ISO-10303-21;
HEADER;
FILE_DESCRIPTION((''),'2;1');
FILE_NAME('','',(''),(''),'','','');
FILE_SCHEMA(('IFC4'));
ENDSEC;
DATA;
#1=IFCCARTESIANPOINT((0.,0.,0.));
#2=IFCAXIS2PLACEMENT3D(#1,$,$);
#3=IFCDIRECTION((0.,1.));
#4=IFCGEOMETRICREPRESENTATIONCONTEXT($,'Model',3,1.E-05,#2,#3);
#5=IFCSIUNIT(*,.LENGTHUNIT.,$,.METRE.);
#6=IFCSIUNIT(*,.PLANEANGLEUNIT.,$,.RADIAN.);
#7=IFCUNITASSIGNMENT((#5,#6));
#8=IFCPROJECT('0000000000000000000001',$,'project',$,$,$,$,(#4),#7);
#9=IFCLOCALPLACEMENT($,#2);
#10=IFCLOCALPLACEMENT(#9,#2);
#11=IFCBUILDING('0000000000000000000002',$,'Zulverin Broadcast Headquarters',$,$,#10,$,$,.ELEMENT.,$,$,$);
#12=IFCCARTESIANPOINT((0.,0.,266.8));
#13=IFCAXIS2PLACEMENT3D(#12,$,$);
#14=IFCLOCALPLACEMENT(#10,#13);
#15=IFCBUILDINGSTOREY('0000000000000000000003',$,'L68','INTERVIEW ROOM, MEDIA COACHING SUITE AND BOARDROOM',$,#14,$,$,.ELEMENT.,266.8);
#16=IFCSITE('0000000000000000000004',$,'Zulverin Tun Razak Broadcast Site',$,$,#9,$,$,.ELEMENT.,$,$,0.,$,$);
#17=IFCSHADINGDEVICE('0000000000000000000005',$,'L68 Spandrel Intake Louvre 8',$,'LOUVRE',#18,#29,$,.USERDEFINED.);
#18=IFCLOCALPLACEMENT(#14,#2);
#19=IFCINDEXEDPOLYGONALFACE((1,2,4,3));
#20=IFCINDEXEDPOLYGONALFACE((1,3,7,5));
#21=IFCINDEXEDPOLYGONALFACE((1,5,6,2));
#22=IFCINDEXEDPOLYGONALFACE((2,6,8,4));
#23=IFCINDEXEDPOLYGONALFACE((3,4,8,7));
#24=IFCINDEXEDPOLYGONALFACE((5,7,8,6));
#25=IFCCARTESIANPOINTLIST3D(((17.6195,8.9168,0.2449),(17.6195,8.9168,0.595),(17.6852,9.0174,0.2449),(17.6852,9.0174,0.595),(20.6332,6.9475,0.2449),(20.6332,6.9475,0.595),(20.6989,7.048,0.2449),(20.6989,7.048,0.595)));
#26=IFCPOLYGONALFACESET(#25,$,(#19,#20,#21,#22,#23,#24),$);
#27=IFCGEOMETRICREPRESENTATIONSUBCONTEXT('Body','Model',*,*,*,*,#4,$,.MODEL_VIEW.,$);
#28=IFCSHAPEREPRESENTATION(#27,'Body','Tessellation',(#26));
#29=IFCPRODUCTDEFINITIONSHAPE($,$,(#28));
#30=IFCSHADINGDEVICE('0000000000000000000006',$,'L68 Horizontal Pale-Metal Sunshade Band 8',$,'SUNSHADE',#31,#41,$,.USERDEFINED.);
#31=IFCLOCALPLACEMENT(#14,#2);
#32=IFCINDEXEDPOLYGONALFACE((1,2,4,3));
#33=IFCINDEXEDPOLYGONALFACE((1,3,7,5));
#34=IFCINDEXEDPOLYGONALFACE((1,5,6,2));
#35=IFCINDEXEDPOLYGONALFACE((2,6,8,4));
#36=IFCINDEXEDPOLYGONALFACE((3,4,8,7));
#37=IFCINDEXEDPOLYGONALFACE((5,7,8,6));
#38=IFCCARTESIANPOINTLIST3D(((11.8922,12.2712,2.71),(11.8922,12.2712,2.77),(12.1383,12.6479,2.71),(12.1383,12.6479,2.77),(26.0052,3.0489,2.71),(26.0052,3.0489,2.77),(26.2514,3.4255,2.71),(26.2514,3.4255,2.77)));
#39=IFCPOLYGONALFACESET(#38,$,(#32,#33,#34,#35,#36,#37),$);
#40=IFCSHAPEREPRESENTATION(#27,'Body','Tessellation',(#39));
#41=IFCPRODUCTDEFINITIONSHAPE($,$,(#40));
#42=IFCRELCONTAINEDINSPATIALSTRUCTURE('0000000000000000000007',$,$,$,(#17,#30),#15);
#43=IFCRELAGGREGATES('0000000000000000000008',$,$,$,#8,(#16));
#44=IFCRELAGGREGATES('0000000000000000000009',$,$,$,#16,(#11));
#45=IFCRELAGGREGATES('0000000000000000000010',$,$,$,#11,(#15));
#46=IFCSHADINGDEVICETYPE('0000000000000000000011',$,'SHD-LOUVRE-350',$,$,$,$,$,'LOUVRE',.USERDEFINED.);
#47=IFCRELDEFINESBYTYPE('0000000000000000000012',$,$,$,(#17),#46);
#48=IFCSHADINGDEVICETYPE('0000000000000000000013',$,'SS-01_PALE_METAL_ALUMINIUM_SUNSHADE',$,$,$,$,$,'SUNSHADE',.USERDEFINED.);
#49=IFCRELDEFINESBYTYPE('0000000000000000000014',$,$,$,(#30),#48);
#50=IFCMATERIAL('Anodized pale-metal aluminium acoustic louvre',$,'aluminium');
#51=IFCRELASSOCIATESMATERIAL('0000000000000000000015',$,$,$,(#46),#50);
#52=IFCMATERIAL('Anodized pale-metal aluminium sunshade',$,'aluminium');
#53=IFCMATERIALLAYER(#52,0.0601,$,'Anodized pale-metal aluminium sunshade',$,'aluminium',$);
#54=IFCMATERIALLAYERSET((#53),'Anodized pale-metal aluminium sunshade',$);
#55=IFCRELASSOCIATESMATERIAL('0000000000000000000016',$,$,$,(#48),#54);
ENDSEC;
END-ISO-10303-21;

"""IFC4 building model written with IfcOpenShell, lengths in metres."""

from ifc_helpers import new_model, si_unit, direction, frame, origin, origin_2d, place, context, subcontext, project, spatial, rectangle, extrude, material, layer, layer_set, type_object, element, save


model = new_model("IFC4")

# Units and contexts
model_context = context("Model", 3, precision=1e-05, world=origin(), true_north=direction((0.0, 1.0)))
body_context = subcontext(model_context, "Body", "Model", "MODEL_VIEW")
ifc_project = project(units=[si_unit("LENGTHUNIT", "METRE"), si_unit("PLANEANGLEUNIT", "RADIAN")], contexts=[model_context])

# Site, building, storey
site_placement = place(None, origin())
site = spatial("IfcSite", under=ifc_project, at=site_placement, Name="Zulverin Tun Razak Broadcast Site", CompositionType="ELEMENT", RefElevation=0.0)
building_placement = place(site_placement, origin())
building = spatial("IfcBuilding", under=site, at=building_placement, Name="Zulverin Broadcast Headquarters", CompositionType="ELEMENT")
storey_placement = place(building_placement, frame((0.0, 0.0, 266.8)))
storey = spatial("IfcBuildingStorey", under=building, at=storey_placement, Name="L68", Description="INTERVIEW ROOM, MEDIA COACHING SUITE AND BOARDROOM", CompositionType="ELEMENT", Elevation=266.8)

# Shading devices
ifc_material_1 = material(Name="Anodized pale-metal aluminium acoustic louvre", Category="aluminium")
shading_device_type_1 = type_object("IfcShadingDeviceType", Name="SHD-LOUVRE-350", ElementType="LOUVRE", PredefinedType="USERDEFINED", material=ifc_material_1)
shading_device_1_placement = place(storey_placement, frame((19.1592, 7.9824, 0.2449), z_axis=(0.0, 0.0, 1.0), x_axis=(0.837116, -0.547026, 0.0)))
element("IfcShadingDevice", 1, at=shading_device_1_placement, inside=storey, type_object=shading_device_type_1, Name="L68 Spandrel Intake Louvre 8", ObjectType="LOUVRE", PredefinedType="USERDEFINED", context=body_context, shape_type="SweptSolid", body=[
    extrude(rectangle(XDim=3.6001, YDim=0.1201, at=origin_2d()), origin(), (0.0, 0.0, 1.0), 0.3501),
])
ifc_material_2 = material(Name="Anodized pale-metal aluminium sunshade", Category="aluminium")
ifc_layer_1 = layer(ifc_material_2, 0.0601, Name="Anodized pale-metal aluminium sunshade", Category="aluminium")
ifc_layer_set_1 = layer_set([ifc_layer_1], Name="Anodized pale-metal aluminium sunshade")
shading_device_type_2 = type_object("IfcShadingDeviceType", Name="SS-01_PALE_METAL_ALUMINIUM_SUNSHADE", ElementType="SUNSHADE", PredefinedType="USERDEFINED", material=ifc_layer_set_1)
shading_device_2_placement = place(storey_placement, frame((19.0718, 7.8484, 2.71), z_axis=(0.0, 0.0, 1.0), x_axis=(0.837116, -0.547026, 0.0)))
element("IfcShadingDevice", 2, at=shading_device_2_placement, inside=storey, type_object=shading_device_type_2, Name="L68 Horizontal Pale-Metal Sunshade Band 8", ObjectType="SUNSHADE", PredefinedType="USERDEFINED", context=body_context, shape_type="SweptSolid", body=[
    extrude(rectangle(XDim=16.8591, YDim=0.45, at=origin_2d()), origin(), (0.0, 0.0, 1.0), 0.0601),
])

save(model, "model.ifc")
